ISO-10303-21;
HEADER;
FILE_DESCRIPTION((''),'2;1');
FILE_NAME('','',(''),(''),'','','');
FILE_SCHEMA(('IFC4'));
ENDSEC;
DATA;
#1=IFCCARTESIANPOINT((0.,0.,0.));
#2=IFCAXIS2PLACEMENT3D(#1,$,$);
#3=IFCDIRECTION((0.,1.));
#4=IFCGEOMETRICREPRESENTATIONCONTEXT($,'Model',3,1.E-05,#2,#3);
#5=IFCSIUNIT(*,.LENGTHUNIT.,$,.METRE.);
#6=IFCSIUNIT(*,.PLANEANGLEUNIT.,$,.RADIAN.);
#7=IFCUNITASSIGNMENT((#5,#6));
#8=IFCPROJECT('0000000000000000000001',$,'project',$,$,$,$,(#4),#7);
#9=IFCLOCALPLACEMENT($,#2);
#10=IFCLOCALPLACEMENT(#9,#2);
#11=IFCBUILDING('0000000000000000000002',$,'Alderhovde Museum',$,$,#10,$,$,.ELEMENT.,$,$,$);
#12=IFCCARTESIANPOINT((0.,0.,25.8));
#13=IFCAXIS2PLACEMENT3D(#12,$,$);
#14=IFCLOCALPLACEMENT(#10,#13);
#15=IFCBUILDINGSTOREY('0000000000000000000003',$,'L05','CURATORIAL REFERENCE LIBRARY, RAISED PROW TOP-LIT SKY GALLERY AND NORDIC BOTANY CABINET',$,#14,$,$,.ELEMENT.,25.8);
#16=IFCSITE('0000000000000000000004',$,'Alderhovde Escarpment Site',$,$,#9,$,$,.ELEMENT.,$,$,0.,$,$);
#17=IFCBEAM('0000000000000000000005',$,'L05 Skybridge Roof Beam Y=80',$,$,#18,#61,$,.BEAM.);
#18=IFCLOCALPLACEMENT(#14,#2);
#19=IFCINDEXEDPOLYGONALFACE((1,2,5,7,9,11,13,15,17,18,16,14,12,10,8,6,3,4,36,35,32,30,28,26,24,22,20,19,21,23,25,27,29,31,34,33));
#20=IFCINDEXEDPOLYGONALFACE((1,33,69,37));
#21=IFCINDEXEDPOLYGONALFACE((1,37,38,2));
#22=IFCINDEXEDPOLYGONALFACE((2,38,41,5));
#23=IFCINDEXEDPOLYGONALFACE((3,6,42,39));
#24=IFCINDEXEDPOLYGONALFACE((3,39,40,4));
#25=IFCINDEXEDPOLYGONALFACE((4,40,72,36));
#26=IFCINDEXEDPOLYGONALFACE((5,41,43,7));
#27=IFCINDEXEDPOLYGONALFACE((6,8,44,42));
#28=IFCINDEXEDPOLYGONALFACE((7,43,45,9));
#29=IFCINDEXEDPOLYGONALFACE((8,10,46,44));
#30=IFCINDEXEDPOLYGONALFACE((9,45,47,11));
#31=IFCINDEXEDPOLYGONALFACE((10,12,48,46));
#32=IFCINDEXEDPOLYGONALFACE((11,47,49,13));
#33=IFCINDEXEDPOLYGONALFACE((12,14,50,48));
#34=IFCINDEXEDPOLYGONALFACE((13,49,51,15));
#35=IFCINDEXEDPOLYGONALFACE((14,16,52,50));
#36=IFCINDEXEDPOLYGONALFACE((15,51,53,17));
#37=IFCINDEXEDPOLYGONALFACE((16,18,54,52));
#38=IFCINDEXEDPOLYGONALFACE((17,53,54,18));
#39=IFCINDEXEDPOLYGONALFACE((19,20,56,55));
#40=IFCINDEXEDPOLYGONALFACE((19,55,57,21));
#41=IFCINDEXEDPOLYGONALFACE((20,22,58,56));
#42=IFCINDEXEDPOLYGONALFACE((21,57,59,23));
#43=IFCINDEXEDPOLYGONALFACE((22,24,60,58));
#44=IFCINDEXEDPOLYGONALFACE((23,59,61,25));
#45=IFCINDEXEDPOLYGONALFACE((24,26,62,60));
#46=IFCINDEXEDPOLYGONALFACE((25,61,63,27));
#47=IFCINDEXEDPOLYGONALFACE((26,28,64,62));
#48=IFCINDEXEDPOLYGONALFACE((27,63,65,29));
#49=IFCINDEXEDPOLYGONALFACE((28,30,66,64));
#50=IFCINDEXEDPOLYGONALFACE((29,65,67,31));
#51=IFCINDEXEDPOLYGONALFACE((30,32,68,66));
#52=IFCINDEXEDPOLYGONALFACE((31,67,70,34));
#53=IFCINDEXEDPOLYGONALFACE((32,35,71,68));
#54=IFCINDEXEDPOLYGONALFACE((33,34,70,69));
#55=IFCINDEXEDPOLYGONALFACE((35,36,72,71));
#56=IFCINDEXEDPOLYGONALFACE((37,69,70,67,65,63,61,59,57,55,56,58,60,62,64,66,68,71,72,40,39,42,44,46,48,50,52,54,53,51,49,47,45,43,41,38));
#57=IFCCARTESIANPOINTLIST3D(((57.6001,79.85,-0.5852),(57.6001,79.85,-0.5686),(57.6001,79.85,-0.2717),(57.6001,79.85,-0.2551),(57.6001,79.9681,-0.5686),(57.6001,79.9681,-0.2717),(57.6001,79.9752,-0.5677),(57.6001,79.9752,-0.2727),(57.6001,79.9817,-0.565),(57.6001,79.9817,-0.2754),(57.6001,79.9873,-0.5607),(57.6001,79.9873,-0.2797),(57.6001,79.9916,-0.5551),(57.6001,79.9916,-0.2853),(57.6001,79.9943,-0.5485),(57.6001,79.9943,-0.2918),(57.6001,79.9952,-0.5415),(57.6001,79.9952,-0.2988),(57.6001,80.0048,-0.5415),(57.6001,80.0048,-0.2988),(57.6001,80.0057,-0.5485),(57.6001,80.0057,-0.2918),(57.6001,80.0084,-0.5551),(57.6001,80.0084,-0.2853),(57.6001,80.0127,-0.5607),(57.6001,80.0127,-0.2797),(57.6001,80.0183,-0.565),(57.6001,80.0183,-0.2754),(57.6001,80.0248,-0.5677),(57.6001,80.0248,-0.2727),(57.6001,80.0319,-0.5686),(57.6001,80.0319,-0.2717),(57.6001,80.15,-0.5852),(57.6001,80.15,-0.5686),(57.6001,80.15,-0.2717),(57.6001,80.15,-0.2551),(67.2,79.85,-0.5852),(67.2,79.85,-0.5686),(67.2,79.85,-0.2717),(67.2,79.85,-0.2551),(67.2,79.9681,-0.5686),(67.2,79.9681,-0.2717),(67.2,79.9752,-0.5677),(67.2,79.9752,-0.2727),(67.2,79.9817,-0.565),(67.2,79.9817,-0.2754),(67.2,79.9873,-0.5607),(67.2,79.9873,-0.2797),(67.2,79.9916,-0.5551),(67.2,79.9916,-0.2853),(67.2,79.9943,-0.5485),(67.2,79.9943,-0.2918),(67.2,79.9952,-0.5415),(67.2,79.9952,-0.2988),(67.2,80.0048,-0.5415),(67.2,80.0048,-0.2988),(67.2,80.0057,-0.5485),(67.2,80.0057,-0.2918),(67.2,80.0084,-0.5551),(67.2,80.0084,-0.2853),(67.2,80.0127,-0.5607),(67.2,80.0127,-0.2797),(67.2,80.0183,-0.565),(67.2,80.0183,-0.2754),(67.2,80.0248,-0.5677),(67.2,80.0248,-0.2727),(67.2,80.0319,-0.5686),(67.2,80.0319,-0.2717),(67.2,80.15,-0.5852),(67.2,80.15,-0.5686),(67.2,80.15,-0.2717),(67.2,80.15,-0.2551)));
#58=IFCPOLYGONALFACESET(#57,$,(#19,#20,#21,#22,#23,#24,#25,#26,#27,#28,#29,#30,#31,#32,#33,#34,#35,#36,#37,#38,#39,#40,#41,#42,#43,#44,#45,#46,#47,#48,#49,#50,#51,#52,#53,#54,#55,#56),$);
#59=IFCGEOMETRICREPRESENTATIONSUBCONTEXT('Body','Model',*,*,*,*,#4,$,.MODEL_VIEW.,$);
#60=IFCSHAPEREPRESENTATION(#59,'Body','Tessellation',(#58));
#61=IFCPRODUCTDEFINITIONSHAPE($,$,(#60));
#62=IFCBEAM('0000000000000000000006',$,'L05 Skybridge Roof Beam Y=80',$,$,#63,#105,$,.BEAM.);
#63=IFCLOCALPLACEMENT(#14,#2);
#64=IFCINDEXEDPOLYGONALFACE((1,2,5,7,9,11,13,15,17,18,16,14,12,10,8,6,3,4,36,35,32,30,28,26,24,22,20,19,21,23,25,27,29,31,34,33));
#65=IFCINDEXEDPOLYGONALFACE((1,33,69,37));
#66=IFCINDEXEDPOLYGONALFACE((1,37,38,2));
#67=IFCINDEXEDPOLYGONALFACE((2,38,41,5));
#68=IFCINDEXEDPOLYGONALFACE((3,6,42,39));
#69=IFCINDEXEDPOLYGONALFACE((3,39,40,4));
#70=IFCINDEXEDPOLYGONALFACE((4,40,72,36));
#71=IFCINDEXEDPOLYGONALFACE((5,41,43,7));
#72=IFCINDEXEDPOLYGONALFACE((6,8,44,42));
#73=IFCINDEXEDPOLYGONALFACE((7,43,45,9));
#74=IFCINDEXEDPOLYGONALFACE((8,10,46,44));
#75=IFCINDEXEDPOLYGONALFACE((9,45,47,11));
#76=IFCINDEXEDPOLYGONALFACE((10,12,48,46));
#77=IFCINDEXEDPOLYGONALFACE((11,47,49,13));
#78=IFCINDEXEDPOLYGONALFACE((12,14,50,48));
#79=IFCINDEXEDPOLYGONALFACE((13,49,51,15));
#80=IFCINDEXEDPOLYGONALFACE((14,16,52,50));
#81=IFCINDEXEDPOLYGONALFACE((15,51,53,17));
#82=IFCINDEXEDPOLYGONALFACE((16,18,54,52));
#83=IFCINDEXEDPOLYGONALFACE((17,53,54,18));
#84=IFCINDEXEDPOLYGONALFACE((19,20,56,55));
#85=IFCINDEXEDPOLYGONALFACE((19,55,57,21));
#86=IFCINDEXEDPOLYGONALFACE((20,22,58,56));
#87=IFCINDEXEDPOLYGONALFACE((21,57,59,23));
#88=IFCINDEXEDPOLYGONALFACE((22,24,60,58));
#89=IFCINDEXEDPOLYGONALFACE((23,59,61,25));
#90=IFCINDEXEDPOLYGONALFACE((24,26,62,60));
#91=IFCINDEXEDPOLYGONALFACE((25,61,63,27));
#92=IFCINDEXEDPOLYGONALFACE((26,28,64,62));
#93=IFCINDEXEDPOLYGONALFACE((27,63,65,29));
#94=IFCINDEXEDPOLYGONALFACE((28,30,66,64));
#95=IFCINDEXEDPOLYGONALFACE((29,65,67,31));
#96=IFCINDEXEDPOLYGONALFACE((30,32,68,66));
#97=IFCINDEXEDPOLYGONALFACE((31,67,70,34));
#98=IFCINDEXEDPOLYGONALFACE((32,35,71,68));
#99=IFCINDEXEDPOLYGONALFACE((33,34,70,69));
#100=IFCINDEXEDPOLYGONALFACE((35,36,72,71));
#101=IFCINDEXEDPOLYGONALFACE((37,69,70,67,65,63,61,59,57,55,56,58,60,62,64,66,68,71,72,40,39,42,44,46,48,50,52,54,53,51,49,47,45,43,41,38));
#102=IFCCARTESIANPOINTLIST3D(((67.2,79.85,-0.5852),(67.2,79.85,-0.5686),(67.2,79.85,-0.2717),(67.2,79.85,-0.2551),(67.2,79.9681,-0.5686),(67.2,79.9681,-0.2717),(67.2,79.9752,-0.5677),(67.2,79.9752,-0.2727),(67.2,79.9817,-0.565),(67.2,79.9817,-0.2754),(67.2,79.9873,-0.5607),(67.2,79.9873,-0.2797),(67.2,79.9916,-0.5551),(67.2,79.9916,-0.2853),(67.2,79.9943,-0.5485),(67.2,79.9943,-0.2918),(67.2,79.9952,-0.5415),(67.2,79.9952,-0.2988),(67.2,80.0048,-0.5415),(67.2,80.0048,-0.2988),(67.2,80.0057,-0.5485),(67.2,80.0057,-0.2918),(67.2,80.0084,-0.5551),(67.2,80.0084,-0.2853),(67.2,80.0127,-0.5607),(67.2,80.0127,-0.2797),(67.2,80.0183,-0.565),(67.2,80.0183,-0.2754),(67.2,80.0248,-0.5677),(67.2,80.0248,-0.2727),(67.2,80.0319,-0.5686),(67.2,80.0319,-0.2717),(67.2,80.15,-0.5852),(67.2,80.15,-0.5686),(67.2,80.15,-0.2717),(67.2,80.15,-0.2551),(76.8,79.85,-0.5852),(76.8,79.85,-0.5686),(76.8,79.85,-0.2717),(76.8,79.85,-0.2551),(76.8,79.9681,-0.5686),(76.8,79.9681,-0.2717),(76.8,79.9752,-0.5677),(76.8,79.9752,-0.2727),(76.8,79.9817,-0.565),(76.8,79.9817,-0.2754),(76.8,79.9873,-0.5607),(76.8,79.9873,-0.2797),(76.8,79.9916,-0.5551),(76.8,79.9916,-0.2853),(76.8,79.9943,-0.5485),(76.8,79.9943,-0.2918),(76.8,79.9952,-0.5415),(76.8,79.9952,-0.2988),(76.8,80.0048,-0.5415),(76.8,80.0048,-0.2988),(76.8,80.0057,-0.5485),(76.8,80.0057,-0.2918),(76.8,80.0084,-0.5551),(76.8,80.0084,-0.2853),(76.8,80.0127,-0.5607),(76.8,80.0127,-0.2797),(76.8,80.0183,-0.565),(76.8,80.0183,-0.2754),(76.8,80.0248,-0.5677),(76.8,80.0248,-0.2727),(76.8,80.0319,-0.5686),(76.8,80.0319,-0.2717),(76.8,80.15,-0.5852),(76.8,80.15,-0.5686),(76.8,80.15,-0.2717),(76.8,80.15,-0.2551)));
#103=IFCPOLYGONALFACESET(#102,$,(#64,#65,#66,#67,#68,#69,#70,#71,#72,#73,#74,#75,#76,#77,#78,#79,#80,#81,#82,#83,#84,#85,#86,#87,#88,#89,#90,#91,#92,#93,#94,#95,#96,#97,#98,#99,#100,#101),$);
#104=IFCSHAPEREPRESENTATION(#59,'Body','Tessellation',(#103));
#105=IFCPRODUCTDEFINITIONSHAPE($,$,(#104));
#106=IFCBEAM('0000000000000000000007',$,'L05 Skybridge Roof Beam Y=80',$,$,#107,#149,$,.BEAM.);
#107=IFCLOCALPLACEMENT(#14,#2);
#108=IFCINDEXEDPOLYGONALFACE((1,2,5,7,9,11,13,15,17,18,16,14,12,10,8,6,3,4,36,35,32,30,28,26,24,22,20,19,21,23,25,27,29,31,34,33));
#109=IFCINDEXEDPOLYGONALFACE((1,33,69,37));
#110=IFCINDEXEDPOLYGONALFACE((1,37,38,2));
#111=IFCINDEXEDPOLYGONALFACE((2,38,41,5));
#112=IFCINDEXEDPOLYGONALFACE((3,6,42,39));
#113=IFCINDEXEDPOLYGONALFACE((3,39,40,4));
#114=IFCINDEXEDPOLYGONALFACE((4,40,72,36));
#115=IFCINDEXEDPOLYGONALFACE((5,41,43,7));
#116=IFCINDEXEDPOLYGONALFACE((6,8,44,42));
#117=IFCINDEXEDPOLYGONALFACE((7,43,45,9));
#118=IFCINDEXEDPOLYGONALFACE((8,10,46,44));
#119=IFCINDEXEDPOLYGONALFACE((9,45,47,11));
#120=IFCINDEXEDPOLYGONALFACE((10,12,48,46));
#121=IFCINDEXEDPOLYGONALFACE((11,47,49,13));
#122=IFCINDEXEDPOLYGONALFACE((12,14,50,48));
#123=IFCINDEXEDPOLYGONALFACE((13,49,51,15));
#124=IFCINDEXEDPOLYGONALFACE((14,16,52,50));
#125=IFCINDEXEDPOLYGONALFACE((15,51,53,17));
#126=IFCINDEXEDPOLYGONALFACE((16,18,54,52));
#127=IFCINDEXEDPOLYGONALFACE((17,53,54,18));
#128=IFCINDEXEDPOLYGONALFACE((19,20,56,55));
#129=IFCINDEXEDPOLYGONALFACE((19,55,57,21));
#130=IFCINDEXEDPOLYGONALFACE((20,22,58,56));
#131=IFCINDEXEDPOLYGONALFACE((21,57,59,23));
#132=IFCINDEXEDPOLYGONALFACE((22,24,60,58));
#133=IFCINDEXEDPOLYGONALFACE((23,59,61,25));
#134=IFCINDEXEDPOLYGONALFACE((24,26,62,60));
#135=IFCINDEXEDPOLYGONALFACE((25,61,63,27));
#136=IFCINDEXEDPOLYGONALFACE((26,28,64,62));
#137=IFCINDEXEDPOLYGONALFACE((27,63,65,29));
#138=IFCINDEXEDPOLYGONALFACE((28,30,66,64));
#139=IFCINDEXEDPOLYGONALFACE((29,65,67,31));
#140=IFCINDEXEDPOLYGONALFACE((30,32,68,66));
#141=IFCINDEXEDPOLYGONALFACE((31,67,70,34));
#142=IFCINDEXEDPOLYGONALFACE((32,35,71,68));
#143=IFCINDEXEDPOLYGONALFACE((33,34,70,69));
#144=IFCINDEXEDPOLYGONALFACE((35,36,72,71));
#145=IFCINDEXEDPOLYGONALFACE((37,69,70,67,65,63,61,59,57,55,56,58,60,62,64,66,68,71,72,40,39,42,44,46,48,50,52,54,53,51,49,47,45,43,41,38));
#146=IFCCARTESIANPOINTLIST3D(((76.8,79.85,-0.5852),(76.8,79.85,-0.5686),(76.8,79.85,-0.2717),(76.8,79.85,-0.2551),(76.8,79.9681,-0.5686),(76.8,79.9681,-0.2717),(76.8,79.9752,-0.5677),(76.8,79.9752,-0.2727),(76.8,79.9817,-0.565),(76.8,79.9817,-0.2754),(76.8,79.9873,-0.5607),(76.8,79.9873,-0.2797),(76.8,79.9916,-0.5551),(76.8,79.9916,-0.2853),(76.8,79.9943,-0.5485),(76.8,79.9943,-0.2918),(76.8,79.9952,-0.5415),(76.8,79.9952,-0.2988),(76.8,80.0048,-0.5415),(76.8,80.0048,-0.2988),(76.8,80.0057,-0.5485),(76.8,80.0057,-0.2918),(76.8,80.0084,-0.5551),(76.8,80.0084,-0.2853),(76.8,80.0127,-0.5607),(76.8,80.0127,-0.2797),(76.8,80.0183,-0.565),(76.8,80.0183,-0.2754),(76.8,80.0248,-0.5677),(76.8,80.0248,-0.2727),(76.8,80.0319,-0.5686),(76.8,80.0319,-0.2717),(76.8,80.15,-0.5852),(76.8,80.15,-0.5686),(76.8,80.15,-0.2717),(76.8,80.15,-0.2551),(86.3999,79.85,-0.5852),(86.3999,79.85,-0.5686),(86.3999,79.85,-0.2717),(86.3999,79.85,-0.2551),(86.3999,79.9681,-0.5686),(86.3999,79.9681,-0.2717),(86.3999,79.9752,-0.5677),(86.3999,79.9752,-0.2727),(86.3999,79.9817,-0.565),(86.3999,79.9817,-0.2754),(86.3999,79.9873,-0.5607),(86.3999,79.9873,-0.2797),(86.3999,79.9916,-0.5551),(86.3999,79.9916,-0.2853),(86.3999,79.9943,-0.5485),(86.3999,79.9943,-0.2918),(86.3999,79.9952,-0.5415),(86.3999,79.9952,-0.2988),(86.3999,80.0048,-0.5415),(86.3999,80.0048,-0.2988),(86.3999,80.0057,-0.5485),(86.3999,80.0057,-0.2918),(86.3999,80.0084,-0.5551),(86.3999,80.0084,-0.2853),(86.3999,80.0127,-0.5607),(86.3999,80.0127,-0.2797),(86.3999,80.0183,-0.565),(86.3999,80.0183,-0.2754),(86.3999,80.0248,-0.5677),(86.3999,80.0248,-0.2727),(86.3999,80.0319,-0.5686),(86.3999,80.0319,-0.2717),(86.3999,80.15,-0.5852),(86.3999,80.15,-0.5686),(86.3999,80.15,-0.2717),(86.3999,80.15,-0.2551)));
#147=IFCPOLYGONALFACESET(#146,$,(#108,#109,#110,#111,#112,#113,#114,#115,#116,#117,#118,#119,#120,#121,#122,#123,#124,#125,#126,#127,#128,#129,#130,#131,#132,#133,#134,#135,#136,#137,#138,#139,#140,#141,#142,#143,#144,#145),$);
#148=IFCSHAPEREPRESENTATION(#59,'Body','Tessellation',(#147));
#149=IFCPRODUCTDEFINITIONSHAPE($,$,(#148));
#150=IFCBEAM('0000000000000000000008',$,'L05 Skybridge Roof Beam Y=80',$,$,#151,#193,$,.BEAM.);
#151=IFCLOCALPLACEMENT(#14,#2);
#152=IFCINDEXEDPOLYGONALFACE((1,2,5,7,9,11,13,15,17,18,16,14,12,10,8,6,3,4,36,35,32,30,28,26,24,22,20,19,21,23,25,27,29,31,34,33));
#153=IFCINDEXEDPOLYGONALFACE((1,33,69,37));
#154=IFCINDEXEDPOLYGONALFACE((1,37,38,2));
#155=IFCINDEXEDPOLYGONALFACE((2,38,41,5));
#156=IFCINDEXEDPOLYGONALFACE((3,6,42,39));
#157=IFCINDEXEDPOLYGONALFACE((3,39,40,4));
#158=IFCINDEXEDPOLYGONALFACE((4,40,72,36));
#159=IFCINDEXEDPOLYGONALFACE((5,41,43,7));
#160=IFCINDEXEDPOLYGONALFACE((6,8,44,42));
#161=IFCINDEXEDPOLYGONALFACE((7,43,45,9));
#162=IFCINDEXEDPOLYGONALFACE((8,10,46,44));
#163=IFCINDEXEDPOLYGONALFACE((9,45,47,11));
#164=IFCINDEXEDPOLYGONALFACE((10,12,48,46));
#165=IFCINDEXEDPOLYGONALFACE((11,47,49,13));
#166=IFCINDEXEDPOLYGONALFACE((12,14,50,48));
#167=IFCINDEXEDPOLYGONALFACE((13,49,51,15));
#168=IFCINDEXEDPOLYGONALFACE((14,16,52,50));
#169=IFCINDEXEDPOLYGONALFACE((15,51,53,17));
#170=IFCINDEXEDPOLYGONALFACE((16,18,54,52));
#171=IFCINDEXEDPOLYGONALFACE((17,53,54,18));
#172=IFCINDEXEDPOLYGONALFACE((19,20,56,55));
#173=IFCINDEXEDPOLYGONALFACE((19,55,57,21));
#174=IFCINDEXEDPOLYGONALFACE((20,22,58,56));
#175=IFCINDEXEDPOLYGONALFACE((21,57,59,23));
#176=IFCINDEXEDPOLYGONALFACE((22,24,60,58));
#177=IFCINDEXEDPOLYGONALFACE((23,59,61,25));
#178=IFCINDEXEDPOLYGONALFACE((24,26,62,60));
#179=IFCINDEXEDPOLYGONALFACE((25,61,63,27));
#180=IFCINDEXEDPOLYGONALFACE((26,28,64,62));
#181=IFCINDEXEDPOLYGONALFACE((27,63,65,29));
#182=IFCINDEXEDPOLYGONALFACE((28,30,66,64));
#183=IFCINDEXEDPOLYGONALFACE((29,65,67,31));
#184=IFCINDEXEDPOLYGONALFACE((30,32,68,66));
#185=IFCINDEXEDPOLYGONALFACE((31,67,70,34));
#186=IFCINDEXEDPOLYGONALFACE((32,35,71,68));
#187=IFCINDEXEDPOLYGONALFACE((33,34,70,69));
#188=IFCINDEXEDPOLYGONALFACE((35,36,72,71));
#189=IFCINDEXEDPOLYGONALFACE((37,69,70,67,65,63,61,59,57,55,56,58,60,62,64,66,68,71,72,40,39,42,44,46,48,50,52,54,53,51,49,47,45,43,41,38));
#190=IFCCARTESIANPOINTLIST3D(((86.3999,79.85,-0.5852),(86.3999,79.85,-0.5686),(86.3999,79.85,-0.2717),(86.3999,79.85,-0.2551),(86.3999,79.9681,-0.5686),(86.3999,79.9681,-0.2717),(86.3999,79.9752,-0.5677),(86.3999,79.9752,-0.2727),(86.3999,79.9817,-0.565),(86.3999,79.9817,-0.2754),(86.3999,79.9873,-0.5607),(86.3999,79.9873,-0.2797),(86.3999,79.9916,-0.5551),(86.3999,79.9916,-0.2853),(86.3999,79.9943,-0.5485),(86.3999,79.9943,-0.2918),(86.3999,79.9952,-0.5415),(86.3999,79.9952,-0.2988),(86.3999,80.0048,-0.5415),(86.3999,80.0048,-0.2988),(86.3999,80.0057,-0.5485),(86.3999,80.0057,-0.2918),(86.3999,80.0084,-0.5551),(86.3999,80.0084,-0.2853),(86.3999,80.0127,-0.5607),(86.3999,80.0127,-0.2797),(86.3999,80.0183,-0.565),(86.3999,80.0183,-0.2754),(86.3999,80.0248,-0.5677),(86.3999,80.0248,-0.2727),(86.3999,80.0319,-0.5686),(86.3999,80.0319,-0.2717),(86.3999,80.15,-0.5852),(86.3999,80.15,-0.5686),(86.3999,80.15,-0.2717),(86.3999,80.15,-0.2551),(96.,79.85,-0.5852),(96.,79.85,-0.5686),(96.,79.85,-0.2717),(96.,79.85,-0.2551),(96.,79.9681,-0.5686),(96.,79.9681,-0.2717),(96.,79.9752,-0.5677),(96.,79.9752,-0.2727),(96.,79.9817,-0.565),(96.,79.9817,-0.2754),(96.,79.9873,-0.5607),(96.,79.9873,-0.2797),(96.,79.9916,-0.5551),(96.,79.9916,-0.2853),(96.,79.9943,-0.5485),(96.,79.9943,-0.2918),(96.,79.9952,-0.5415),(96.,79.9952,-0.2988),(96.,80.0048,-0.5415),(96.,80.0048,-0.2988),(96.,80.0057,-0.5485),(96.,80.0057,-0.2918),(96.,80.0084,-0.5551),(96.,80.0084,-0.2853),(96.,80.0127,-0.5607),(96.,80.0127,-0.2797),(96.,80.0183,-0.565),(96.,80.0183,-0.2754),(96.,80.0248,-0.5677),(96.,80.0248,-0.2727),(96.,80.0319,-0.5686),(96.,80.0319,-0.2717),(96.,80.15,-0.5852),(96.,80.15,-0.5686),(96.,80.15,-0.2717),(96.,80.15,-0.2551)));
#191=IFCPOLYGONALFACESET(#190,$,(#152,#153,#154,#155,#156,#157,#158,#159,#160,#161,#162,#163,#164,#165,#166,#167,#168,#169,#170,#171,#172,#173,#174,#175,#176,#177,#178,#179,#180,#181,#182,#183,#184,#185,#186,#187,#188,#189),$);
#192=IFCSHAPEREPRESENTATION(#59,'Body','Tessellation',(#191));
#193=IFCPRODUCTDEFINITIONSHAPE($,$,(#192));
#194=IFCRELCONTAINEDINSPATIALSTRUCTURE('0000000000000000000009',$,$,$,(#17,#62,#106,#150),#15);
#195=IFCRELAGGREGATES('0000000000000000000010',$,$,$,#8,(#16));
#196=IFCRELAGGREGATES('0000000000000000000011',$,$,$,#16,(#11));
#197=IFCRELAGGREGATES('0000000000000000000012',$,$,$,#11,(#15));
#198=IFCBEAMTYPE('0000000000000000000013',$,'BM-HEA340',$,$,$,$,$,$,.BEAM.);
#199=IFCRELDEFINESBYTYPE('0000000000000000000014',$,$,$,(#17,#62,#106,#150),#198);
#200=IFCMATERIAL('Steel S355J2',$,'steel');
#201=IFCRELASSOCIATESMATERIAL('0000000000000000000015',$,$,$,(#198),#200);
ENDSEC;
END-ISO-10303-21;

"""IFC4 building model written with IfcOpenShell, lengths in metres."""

from ifc_helpers import new_model, si_unit, direction, frame, origin, origin_2d, place, context, subcontext, project, spatial, i_section, extrude, material, material_profile, profile_set, type_object, element, save


model = new_model("IFC4")

# Units and contexts
model_context = context("Model", 3, precision=1e-05, world=origin(), true_north=direction((0.0, 1.0)))
body_context = subcontext(model_context, "Body", "Model", "MODEL_VIEW")
ifc_project = project(units=[si_unit("LENGTHUNIT", "METRE"), si_unit("PLANEANGLEUNIT", "RADIAN")], contexts=[model_context])

# Site, building, storey
site_placement = place(None, origin())
site = spatial("IfcSite", under=ifc_project, at=site_placement, Name="Alderhovde Escarpment Site", CompositionType="ELEMENT", RefElevation=0.0)
building_placement = place(site_placement, origin())
building = spatial("IfcBuilding", under=site, at=building_placement, Name="Alderhovde Museum", CompositionType="ELEMENT")
storey_placement = place(building_placement, frame((0.0, 0.0, 25.8)))
storey = spatial("IfcBuildingStorey", under=building, at=storey_placement, Name="L05", Description="CURATORIAL REFERENCE LIBRARY, RAISED PROW TOP-LIT SKY GALLERY AND NORDIC BOTANY CABINET", CompositionType="ELEMENT", Elevation=25.8)

# Beams
ifc_material_1 = material(Name="Steel S355J2", Category="steel")
ifc_material_profile = material_profile(ifc_material_1, i_section(OverallWidth=0.3, OverallDepth=0.3301, WebThickness=0.0095, FlangeThickness=0.0166, FilletRadius=0.0271, at=origin_2d()), Name="HEA 340")
ifc_profile_set = profile_set([ifc_material_profile], Name="Steel S355J2")
beam_type = type_object("IfcBeamType", Name="BM-HEA340", PredefinedType="BEAM", material=ifc_profile_set)
for number, where, z_axis, x_axis, name in (
    (1, (57.6001, 80.0, -0.4202), (1.0, 0.0, 0.0), (0.0, 1.0, 0.0), "L05 Skybridge Roof Beam Y=80"),
):
    element("IfcBeam", number, at=place(storey_placement, frame(where, z_axis=z_axis, x_axis=x_axis)), inside=storey, type_object=beam_type, Name=name, PredefinedType="BEAM", context=body_context, shape_type="SweptSolid", body=[
        extrude(i_section(OverallWidth=0.3, OverallDepth=0.3301, WebThickness=0.0095, FlangeThickness=0.0166, FilletRadius=0.0271, at=origin_2d()), origin(), (0.0, 0.0, 1.0), 9.5999),
    ])
beam_1_placement = place(storey_placement, frame((67.2, 80.0, -0.4202), z_axis=(1.0, 0.0, 0.0), x_axis=(0.0, 1.0, 0.0)))
element("IfcBeam", 2, at=beam_1_placement, inside=storey, type_object=beam_type, Name="L05 Skybridge Roof Beam Y=80", PredefinedType="BEAM", context=body_context, shape_type="SweptSolid", body=[
    extrude(i_section(OverallWidth=0.3, OverallDepth=0.3301, WebThickness=0.0095, FlangeThickness=0.0166, FilletRadius=0.0271, at=origin_2d()), origin(), (0.0, 0.0, 1.0), 9.6001),
])
beam_2_placement = place(storey_placement, frame((76.8, 80.0, -0.4202), z_axis=(1.0, 0.0, 0.0), x_axis=(0.0, 1.0, 0.0)))
element("IfcBeam", 3, at=beam_2_placement, inside=storey, type_object=beam_type, Name="L05 Skybridge Roof Beam Y=80", PredefinedType="BEAM", context=body_context, shape_type="SweptSolid", body=[
    extrude(i_section(OverallWidth=0.3, OverallDepth=0.3301, WebThickness=0.0095, FlangeThickness=0.0166, FilletRadius=0.0271, at=origin_2d()), origin(), (0.0, 0.0, 1.0), 9.5999),
])
for number, where, z_axis, x_axis, name in (
    (4, (86.3999, 80.0, -0.4202), (1.0, 0.0, 0.0), (0.0, 1.0, 0.0), "L05 Skybridge Roof Beam Y=80"),
):
    element("IfcBeam", number, at=place(storey_placement, frame(where, z_axis=z_axis, x_axis=x_axis)), inside=storey, type_object=beam_type, Name=name, PredefinedType="BEAM", context=body_context, shape_type="SweptSolid", body=[
        extrude(i_section(OverallWidth=0.3, OverallDepth=0.3301, WebThickness=0.0095, FlangeThickness=0.0166, FilletRadius=0.0271, at=origin_2d()), origin(), (0.0, 0.0, 1.0), 9.6001),
    ])

save(model, "model.ifc")
